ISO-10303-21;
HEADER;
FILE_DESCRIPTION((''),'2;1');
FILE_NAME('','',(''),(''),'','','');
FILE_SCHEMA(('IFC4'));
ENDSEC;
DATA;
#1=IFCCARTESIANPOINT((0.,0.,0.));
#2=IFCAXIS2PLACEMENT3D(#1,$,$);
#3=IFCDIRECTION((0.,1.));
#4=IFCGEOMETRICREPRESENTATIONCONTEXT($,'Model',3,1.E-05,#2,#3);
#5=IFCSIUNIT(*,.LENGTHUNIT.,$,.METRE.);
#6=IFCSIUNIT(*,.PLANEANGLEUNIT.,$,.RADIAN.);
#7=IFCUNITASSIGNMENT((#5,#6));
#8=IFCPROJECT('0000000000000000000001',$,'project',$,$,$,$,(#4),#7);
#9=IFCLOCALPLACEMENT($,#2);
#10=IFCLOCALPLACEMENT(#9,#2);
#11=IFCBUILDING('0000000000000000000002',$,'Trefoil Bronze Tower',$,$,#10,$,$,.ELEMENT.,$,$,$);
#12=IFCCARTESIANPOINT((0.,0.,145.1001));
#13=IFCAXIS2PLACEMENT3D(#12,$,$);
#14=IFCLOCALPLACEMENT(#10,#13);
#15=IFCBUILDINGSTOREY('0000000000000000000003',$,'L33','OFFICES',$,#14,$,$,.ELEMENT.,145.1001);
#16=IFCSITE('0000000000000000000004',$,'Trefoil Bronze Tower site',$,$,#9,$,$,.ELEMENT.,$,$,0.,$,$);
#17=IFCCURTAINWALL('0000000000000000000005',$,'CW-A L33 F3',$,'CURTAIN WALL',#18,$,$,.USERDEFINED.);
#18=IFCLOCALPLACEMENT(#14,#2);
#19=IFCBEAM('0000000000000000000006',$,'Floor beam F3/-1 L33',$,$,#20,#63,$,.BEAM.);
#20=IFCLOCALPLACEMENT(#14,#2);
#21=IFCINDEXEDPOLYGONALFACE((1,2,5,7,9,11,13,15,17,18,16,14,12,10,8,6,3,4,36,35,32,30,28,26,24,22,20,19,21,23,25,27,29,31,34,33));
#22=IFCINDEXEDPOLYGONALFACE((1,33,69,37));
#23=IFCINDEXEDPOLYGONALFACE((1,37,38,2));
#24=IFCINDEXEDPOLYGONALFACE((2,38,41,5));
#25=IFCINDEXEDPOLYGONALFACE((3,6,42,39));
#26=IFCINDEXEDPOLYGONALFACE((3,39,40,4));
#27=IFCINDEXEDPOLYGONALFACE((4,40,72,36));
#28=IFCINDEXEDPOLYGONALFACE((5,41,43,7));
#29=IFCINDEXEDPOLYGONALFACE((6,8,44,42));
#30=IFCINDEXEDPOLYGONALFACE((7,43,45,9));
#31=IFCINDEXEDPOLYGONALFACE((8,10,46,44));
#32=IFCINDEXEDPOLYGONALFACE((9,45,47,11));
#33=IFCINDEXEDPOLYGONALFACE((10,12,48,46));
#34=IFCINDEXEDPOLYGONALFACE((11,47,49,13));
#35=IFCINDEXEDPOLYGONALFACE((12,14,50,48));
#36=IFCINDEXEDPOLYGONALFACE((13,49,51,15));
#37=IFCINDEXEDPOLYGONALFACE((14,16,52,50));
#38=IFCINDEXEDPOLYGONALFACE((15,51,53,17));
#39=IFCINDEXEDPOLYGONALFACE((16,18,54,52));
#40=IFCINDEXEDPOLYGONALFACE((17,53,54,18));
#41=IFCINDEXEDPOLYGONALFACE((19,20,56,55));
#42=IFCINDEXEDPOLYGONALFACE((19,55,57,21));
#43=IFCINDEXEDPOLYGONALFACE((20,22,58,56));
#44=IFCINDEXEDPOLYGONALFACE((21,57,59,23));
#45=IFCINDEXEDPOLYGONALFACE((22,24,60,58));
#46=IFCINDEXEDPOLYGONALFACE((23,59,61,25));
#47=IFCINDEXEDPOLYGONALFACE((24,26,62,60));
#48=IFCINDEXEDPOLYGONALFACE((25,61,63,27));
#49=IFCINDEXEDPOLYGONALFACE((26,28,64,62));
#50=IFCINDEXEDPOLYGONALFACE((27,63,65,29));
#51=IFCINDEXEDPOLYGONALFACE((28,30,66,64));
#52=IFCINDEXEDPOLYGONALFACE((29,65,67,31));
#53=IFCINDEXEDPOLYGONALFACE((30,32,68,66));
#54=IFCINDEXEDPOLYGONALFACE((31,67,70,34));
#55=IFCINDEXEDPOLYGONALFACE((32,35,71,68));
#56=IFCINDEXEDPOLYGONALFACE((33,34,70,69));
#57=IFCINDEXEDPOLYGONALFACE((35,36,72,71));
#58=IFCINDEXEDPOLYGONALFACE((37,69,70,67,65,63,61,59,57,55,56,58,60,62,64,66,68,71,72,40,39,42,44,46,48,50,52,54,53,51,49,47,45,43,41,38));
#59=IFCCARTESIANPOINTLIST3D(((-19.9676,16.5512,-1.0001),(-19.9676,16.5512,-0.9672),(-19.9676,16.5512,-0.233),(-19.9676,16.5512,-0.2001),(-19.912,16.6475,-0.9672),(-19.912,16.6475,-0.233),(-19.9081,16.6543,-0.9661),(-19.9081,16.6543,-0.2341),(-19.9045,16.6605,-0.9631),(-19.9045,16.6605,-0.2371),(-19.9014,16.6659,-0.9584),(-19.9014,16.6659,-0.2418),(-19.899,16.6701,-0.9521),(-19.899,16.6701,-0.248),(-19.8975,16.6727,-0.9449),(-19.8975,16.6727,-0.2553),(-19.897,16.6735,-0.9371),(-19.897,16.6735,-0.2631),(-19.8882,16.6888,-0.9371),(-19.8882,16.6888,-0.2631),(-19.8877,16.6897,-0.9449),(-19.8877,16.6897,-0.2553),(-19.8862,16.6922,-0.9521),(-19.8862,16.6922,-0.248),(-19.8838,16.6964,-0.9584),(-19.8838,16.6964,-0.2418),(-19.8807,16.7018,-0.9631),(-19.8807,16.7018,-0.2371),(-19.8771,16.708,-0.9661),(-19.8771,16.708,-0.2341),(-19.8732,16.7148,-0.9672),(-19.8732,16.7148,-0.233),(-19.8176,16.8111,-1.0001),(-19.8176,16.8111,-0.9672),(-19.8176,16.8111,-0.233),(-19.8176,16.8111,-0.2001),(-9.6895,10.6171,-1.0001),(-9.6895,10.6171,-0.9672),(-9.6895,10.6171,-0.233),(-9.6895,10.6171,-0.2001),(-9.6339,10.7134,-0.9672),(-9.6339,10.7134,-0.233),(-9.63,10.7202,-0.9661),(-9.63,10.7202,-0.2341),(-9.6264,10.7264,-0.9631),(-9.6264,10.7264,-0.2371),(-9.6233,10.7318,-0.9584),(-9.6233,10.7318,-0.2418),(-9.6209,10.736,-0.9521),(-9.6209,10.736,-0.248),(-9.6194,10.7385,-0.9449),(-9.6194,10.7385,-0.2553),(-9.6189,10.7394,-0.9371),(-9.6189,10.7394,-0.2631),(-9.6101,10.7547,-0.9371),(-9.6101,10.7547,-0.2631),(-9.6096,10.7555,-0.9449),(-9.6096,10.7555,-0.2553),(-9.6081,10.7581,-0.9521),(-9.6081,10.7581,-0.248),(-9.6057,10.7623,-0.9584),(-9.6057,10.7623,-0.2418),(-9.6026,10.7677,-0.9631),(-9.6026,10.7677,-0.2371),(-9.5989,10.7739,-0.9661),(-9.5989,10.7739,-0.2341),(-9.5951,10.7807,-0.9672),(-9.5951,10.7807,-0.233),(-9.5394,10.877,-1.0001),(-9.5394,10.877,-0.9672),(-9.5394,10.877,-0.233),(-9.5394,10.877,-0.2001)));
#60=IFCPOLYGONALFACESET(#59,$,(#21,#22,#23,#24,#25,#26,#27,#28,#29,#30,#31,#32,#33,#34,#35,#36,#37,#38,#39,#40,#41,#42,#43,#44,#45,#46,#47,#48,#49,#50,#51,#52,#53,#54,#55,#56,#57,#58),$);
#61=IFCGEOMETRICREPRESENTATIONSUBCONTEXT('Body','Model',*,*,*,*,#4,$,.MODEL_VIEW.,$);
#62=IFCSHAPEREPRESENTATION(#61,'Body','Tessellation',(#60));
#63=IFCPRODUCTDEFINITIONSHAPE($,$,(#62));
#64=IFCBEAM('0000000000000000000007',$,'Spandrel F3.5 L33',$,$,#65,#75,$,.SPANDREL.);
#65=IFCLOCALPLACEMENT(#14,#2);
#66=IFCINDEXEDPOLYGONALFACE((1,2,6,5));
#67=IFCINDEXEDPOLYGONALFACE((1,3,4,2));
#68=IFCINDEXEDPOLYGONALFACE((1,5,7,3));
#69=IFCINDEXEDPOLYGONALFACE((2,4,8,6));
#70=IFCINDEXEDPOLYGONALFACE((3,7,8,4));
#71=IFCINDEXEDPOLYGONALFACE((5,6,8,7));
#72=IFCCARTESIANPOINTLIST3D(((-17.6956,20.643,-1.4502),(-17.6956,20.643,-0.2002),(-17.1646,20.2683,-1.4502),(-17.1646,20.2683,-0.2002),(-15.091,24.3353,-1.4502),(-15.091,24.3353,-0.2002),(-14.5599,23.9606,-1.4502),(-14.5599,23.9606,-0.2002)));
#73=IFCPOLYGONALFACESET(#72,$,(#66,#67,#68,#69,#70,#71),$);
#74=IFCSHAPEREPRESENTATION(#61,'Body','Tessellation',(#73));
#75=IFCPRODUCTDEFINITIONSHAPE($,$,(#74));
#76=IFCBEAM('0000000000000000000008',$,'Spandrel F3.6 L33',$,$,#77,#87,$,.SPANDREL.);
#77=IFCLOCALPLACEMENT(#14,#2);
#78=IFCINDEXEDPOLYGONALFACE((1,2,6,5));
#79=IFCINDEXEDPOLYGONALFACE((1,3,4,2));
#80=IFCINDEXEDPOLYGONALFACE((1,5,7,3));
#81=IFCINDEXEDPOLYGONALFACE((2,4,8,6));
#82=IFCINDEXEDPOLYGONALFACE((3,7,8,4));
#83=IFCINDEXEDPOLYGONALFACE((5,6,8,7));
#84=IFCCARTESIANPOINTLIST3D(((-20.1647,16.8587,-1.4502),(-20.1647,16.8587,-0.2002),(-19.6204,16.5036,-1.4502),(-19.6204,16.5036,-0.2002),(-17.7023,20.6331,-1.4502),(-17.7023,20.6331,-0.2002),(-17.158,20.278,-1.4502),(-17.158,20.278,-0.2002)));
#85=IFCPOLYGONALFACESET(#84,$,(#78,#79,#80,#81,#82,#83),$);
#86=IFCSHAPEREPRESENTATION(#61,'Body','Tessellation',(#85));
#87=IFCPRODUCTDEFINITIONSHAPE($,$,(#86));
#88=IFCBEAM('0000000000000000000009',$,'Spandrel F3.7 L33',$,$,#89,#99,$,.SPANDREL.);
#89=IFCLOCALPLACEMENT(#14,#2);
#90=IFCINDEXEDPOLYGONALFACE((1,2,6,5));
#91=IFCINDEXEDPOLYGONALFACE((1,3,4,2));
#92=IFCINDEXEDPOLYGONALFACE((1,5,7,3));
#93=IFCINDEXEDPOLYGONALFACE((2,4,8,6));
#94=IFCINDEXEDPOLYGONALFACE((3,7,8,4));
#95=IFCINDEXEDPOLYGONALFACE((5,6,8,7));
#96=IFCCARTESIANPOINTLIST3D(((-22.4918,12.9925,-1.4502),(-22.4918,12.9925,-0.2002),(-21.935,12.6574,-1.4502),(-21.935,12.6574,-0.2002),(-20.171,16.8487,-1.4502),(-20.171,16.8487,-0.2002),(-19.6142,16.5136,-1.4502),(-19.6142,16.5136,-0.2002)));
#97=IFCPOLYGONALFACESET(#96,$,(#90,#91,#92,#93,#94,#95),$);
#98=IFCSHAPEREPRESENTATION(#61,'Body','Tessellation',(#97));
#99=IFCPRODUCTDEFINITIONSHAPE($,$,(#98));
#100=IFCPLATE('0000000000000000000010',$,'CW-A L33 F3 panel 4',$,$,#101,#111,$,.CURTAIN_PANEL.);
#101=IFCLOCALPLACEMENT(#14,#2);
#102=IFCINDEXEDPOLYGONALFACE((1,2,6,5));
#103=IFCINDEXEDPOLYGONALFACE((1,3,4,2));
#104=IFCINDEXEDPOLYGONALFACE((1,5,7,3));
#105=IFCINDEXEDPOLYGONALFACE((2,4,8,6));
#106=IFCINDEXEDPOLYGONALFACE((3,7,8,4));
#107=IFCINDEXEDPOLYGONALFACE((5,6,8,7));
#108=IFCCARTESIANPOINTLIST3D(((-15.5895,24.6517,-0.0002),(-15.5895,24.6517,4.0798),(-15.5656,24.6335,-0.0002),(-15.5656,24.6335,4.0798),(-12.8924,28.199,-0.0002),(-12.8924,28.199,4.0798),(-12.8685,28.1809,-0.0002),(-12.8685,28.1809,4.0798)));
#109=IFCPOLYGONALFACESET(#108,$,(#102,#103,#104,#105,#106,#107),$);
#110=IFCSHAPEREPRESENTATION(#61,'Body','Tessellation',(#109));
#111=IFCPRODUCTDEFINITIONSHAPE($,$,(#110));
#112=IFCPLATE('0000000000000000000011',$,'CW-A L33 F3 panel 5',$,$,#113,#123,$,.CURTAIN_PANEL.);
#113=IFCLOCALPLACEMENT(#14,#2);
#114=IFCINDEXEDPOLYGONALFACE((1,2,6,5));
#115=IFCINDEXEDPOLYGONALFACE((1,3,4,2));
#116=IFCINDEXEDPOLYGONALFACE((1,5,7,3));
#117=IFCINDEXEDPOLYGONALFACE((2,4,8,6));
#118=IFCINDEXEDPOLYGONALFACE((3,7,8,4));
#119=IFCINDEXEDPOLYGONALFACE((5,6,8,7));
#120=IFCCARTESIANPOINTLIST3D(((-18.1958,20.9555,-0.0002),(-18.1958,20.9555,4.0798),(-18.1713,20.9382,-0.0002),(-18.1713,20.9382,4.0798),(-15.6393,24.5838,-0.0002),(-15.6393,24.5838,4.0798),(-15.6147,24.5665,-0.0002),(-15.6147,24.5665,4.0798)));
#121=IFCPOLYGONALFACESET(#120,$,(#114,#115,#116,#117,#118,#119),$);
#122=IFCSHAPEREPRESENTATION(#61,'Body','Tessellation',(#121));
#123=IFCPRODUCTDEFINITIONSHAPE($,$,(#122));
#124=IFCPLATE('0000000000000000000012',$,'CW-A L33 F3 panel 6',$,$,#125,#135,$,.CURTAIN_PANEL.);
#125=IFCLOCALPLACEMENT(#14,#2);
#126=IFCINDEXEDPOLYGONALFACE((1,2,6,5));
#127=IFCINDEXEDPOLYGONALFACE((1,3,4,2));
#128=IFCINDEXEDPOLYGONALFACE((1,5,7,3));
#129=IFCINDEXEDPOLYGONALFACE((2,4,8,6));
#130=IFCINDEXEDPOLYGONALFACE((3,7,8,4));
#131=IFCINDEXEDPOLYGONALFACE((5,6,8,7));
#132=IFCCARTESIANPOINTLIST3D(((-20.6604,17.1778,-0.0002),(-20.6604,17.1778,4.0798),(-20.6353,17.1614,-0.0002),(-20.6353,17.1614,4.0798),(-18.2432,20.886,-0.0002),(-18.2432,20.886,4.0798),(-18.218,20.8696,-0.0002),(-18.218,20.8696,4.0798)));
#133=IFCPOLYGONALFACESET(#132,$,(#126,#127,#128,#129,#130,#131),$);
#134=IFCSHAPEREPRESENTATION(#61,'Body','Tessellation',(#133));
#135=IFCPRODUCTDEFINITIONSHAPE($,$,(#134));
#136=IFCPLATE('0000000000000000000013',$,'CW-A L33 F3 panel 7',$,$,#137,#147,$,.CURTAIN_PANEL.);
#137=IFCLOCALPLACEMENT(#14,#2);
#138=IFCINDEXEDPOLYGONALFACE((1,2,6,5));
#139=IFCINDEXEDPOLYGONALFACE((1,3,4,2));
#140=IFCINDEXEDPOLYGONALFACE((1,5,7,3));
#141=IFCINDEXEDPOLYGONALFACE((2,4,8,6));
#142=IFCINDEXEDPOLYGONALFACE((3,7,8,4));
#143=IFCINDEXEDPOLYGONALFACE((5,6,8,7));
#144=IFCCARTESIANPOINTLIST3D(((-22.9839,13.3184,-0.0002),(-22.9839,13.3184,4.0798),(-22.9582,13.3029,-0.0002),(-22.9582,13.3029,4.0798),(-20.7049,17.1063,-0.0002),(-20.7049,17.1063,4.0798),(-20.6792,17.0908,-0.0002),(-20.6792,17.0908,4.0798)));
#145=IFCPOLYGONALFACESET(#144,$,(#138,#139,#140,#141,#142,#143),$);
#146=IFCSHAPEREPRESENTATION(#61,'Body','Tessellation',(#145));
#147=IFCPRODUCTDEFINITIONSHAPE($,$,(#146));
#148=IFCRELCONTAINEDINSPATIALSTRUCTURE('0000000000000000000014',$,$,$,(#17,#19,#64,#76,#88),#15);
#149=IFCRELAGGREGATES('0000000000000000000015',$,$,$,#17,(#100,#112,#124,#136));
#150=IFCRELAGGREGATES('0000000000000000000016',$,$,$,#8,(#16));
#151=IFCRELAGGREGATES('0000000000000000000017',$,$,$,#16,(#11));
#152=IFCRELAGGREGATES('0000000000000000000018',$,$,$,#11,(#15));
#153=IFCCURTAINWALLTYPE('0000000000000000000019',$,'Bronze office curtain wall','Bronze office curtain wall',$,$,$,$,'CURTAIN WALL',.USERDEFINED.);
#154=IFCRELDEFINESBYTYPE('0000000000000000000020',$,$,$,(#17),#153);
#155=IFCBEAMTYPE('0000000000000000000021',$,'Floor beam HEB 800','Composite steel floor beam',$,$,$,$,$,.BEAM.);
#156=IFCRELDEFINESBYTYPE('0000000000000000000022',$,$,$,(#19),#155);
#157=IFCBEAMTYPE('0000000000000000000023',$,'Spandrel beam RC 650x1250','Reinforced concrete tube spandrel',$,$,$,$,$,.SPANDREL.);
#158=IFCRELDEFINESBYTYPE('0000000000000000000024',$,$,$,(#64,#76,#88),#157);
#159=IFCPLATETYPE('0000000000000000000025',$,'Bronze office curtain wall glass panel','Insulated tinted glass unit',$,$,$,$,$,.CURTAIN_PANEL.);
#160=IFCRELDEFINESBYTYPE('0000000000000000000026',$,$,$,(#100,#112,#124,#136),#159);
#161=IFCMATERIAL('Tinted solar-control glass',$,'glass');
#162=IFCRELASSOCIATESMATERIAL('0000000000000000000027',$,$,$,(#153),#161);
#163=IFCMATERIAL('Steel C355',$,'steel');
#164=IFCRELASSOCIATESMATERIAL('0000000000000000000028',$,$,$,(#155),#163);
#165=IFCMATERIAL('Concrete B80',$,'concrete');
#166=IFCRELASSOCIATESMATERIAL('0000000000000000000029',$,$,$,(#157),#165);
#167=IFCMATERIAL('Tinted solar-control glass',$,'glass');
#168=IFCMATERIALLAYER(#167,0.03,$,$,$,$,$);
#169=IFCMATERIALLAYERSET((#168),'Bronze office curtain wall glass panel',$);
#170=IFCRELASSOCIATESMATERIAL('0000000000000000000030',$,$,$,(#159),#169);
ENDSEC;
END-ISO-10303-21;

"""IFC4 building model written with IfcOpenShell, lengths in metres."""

from ifc_helpers import new_model, si_unit, direction, frame, origin, origin_2d, place, context, subcontext, project, spatial, rectangle, i_section, extrude, material, layer, layer_set, material_profile, profile_set, type_object, element, aggregate, save


model = new_model("IFC4")

# Units and contexts
model_context = context("Model", 3, precision=1e-05, world=origin(), true_north=direction((0.0, 1.0)))
body_context = subcontext(model_context, "Body", "Model", "MODEL_VIEW")
ifc_project = project(units=[si_unit("LENGTHUNIT", "METRE"), si_unit("PLANEANGLEUNIT", "RADIAN")], contexts=[model_context])

# Site, building, storey
site_placement = place(None, origin())
site = spatial("IfcSite", under=ifc_project, at=site_placement, Name="Trefoil Bronze Tower site", CompositionType="ELEMENT", RefElevation=0.0)
building_placement = place(site_placement, origin())
building = spatial("IfcBuilding", under=site, at=building_placement, Name="Trefoil Bronze Tower", CompositionType="ELEMENT")
storey_placement = place(building_placement, frame((0.0, 0.0, 145.1001)))
storey = spatial("IfcBuildingStorey", under=building, at=storey_placement, Name="L33", Description="OFFICES", CompositionType="ELEMENT", Elevation=145.1001)

# Curtain wall
ifc_material_1 = material(Name="Tinted solar-control glass", Category="glass")
curtain_wall_type = type_object("IfcCurtainWallType", Name="Bronze office curtain wall", Description="Bronze office curtain wall", ElementType="CURTAIN WALL", PredefinedType="USERDEFINED", material=ifc_material_1)
curtain_wall_placement = place(storey_placement, origin())
curtain_wall = element("IfcCurtainWall", 1, at=curtain_wall_placement, inside=storey, type_object=curtain_wall_type, Name="CW-A L33 F3", ObjectType="CURTAIN WALL", PredefinedType="USERDEFINED")

# Beams
ifc_material_2 = material(Name="Steel C355", Category="steel")
ifc_material_profile_1 = material_profile(ifc_material_2, i_section(OverallWidth=0.3, OverallDepth=0.8, WebThickness=0.0176, FlangeThickness=0.033, FilletRadius=0.03, at=origin_2d()), Name="HEB 800")
ifc_profile_set_1 = profile_set([ifc_material_profile_1], Name="Steel C355")
beam_type_1 = type_object("IfcBeamType", Name="Floor beam HEB 800", Description="Composite steel floor beam", PredefinedType="BEAM", material=ifc_profile_set_1)
beam_1_placement = place(storey_placement, frame((-19.8926, 16.6812, -0.6001), z_axis=(0.866024, -0.500002, 0.0), x_axis=(0.500002, 0.866024, 0.0)))
element("IfcBeam", 2, at=beam_1_placement, inside=storey, type_object=beam_type_1, Name="Floor beam F3/-1 L33", PredefinedType="BEAM", context=body_context, shape_type="SweptSolid", body=[
    extrude(i_section(OverallWidth=0.3, OverallDepth=0.8, WebThickness=0.0176, FlangeThickness=0.033, FilletRadius=0.03, at=origin_2d()), origin(), (0.0, 0.0, 1.0), 11.8682),
])
ifc_material_3 = material(Name="Concrete B80", Category="concrete")
ifc_material_profile_2 = material_profile(ifc_material_3, rectangle(XDim=0.6499, YDim=1.25, at=origin_2d()), Name="RC 650x1250")
ifc_profile_set_2 = profile_set([ifc_material_profile_2], Name="Concrete B80")
beam_type_2 = type_object("IfcBeamType", Name="Spandrel beam RC 650x1250", Description="Reinforced concrete tube spandrel", PredefinedType="SPANDREL", material=ifc_profile_set_2)
beam_2_placement = place(storey_placement, frame((-14.8254, 24.1479, -0.8252), z_axis=(-0.576439, -0.81714, 0.0), x_axis=(0.81714, -0.576439, 0.0)))
element("IfcBeam", 3, at=beam_2_placement, inside=storey, type_object=beam_type_2, Name="Spandrel F3.5 L33", PredefinedType="SPANDREL", context=body_context, shape_type="SweptSolid", body=[
    extrude(rectangle(XDim=0.6499, YDim=1.25, at=origin_2d()), origin(), (0.0, 0.0, 1.0), 4.5186),
])
beam_3_placement = place(storey_placement, frame((-17.4302, 20.4556, -0.8252), z_axis=(-0.546397, -0.837527, 0.0), x_axis=(0.837527, -0.546397, 0.0)))
element("IfcBeam", 4, at=beam_3_placement, inside=storey, type_object=beam_type_2, Name="Spandrel F3.6 L33", PredefinedType="SPANDREL", context=body_context, shape_type="SweptSolid", body=[
    extrude(rectangle(XDim=0.6499, YDim=1.25, at=origin_2d()), origin(), (0.0, 0.0, 1.0), 4.5066),
])
beam_4_placement = place(storey_placement, frame((-19.8926, 16.6812, -0.8252), z_axis=(-0.515652, -0.856798, 0.0), x_axis=(0.856798, -0.515652, 0.0)))
element("IfcBeam", 5, at=beam_4_placement, inside=storey, type_object=beam_type_2, Name="Spandrel F3.7 L33", PredefinedType="SPANDREL", context=body_context, shape_type="SweptSolid", body=[
    extrude(rectangle(XDim=0.6499, YDim=1.25, at=origin_2d()), origin(), (0.0, 0.0, 1.0), 4.5007),
])

# Plates
ifc_material_4 = material(Name="Tinted solar-control glass", Category="glass")
ifc_layer_1 = layer(ifc_material_4, 0.03)
ifc_layer_set_1 = layer_set([ifc_layer_1], Name="Bronze office curtain wall glass panel")
plate_type = type_object("IfcPlateType", Name="Bronze office curtain wall glass panel", Description="Insulated tinted glass unit", PredefinedType="CURTAIN_PANEL", material=ifc_layer_set_1)
plate_1_placement = place(storey_placement, frame((-14.229, 26.4163, -0.0002), z_axis=(0.0, 0.0, 1.0), x_axis=(-0.605252, -0.796034, 0.0)))
plate_1 = element("IfcPlate", 6, at=plate_1_placement, type_object=plate_type, Name="CW-A L33 F3 panel 4", PredefinedType="CURTAIN_PANEL", context=body_context, shape_type="SweptSolid", body=[
    extrude(rectangle(XDim=4.4563, YDim=0.03, at=origin_2d()), origin(), (0.0, 0.0, 1.0), 4.0801),
])
plate_2_placement = place(storey_placement, frame((-16.9053, 22.761, -0.0002), z_axis=(0.0, 0.0, 1.0), x_axis=(-0.575999, -0.81745, 0.0)))
plate_2 = element("IfcPlate", 7, at=plate_2_placement, type_object=plate_type, Name="CW-A L33 F3 panel 5", PredefinedType="CURTAIN_PANEL", context=body_context, shape_type="SweptSolid", body=[
    extrude(rectangle(XDim=4.4385, YDim=0.03, at=origin_2d()), origin(), (0.0, 0.0, 1.0), 4.0801),
])
plate_3_placement = place(storey_placement, frame((-19.4392, 19.0237, -0.0002), z_axis=(0.0, 0.0, 1.0), x_axis=(-0.546089, -0.837727, 0.0)))
plate_3 = element("IfcPlate", 8, at=plate_3_placement, type_object=plate_type, Name="CW-A L33 F3 panel 6", PredefinedType="CURTAIN_PANEL", context=body_context, shape_type="SweptSolid", body=[
    extrude(rectangle(XDim=4.4265, YDim=0.03, at=origin_2d()), origin(), (0.0, 0.0, 1.0), 4.0801),
])
plate_4_placement = place(storey_placement, frame((-21.8315, 15.2046, -0.0002), z_axis=(0.0, 0.0, 1.0), x_axis=(-0.515525, -0.856874, 0.0)))
plate_4 = element("IfcPlate", 9, at=plate_4_placement, type_object=plate_type, Name="CW-A L33 F3 panel 7", PredefinedType="CURTAIN_PANEL", context=body_context, shape_type="SweptSolid", body=[
    extrude(rectangle(XDim=4.4207, YDim=0.03, at=origin_2d()), origin(), (0.0, 0.0, 1.0), 4.0801),
])
aggregate(curtain_wall, [plate_1, plate_2, plate_3, plate_4])

save(model, "model.ifc")
